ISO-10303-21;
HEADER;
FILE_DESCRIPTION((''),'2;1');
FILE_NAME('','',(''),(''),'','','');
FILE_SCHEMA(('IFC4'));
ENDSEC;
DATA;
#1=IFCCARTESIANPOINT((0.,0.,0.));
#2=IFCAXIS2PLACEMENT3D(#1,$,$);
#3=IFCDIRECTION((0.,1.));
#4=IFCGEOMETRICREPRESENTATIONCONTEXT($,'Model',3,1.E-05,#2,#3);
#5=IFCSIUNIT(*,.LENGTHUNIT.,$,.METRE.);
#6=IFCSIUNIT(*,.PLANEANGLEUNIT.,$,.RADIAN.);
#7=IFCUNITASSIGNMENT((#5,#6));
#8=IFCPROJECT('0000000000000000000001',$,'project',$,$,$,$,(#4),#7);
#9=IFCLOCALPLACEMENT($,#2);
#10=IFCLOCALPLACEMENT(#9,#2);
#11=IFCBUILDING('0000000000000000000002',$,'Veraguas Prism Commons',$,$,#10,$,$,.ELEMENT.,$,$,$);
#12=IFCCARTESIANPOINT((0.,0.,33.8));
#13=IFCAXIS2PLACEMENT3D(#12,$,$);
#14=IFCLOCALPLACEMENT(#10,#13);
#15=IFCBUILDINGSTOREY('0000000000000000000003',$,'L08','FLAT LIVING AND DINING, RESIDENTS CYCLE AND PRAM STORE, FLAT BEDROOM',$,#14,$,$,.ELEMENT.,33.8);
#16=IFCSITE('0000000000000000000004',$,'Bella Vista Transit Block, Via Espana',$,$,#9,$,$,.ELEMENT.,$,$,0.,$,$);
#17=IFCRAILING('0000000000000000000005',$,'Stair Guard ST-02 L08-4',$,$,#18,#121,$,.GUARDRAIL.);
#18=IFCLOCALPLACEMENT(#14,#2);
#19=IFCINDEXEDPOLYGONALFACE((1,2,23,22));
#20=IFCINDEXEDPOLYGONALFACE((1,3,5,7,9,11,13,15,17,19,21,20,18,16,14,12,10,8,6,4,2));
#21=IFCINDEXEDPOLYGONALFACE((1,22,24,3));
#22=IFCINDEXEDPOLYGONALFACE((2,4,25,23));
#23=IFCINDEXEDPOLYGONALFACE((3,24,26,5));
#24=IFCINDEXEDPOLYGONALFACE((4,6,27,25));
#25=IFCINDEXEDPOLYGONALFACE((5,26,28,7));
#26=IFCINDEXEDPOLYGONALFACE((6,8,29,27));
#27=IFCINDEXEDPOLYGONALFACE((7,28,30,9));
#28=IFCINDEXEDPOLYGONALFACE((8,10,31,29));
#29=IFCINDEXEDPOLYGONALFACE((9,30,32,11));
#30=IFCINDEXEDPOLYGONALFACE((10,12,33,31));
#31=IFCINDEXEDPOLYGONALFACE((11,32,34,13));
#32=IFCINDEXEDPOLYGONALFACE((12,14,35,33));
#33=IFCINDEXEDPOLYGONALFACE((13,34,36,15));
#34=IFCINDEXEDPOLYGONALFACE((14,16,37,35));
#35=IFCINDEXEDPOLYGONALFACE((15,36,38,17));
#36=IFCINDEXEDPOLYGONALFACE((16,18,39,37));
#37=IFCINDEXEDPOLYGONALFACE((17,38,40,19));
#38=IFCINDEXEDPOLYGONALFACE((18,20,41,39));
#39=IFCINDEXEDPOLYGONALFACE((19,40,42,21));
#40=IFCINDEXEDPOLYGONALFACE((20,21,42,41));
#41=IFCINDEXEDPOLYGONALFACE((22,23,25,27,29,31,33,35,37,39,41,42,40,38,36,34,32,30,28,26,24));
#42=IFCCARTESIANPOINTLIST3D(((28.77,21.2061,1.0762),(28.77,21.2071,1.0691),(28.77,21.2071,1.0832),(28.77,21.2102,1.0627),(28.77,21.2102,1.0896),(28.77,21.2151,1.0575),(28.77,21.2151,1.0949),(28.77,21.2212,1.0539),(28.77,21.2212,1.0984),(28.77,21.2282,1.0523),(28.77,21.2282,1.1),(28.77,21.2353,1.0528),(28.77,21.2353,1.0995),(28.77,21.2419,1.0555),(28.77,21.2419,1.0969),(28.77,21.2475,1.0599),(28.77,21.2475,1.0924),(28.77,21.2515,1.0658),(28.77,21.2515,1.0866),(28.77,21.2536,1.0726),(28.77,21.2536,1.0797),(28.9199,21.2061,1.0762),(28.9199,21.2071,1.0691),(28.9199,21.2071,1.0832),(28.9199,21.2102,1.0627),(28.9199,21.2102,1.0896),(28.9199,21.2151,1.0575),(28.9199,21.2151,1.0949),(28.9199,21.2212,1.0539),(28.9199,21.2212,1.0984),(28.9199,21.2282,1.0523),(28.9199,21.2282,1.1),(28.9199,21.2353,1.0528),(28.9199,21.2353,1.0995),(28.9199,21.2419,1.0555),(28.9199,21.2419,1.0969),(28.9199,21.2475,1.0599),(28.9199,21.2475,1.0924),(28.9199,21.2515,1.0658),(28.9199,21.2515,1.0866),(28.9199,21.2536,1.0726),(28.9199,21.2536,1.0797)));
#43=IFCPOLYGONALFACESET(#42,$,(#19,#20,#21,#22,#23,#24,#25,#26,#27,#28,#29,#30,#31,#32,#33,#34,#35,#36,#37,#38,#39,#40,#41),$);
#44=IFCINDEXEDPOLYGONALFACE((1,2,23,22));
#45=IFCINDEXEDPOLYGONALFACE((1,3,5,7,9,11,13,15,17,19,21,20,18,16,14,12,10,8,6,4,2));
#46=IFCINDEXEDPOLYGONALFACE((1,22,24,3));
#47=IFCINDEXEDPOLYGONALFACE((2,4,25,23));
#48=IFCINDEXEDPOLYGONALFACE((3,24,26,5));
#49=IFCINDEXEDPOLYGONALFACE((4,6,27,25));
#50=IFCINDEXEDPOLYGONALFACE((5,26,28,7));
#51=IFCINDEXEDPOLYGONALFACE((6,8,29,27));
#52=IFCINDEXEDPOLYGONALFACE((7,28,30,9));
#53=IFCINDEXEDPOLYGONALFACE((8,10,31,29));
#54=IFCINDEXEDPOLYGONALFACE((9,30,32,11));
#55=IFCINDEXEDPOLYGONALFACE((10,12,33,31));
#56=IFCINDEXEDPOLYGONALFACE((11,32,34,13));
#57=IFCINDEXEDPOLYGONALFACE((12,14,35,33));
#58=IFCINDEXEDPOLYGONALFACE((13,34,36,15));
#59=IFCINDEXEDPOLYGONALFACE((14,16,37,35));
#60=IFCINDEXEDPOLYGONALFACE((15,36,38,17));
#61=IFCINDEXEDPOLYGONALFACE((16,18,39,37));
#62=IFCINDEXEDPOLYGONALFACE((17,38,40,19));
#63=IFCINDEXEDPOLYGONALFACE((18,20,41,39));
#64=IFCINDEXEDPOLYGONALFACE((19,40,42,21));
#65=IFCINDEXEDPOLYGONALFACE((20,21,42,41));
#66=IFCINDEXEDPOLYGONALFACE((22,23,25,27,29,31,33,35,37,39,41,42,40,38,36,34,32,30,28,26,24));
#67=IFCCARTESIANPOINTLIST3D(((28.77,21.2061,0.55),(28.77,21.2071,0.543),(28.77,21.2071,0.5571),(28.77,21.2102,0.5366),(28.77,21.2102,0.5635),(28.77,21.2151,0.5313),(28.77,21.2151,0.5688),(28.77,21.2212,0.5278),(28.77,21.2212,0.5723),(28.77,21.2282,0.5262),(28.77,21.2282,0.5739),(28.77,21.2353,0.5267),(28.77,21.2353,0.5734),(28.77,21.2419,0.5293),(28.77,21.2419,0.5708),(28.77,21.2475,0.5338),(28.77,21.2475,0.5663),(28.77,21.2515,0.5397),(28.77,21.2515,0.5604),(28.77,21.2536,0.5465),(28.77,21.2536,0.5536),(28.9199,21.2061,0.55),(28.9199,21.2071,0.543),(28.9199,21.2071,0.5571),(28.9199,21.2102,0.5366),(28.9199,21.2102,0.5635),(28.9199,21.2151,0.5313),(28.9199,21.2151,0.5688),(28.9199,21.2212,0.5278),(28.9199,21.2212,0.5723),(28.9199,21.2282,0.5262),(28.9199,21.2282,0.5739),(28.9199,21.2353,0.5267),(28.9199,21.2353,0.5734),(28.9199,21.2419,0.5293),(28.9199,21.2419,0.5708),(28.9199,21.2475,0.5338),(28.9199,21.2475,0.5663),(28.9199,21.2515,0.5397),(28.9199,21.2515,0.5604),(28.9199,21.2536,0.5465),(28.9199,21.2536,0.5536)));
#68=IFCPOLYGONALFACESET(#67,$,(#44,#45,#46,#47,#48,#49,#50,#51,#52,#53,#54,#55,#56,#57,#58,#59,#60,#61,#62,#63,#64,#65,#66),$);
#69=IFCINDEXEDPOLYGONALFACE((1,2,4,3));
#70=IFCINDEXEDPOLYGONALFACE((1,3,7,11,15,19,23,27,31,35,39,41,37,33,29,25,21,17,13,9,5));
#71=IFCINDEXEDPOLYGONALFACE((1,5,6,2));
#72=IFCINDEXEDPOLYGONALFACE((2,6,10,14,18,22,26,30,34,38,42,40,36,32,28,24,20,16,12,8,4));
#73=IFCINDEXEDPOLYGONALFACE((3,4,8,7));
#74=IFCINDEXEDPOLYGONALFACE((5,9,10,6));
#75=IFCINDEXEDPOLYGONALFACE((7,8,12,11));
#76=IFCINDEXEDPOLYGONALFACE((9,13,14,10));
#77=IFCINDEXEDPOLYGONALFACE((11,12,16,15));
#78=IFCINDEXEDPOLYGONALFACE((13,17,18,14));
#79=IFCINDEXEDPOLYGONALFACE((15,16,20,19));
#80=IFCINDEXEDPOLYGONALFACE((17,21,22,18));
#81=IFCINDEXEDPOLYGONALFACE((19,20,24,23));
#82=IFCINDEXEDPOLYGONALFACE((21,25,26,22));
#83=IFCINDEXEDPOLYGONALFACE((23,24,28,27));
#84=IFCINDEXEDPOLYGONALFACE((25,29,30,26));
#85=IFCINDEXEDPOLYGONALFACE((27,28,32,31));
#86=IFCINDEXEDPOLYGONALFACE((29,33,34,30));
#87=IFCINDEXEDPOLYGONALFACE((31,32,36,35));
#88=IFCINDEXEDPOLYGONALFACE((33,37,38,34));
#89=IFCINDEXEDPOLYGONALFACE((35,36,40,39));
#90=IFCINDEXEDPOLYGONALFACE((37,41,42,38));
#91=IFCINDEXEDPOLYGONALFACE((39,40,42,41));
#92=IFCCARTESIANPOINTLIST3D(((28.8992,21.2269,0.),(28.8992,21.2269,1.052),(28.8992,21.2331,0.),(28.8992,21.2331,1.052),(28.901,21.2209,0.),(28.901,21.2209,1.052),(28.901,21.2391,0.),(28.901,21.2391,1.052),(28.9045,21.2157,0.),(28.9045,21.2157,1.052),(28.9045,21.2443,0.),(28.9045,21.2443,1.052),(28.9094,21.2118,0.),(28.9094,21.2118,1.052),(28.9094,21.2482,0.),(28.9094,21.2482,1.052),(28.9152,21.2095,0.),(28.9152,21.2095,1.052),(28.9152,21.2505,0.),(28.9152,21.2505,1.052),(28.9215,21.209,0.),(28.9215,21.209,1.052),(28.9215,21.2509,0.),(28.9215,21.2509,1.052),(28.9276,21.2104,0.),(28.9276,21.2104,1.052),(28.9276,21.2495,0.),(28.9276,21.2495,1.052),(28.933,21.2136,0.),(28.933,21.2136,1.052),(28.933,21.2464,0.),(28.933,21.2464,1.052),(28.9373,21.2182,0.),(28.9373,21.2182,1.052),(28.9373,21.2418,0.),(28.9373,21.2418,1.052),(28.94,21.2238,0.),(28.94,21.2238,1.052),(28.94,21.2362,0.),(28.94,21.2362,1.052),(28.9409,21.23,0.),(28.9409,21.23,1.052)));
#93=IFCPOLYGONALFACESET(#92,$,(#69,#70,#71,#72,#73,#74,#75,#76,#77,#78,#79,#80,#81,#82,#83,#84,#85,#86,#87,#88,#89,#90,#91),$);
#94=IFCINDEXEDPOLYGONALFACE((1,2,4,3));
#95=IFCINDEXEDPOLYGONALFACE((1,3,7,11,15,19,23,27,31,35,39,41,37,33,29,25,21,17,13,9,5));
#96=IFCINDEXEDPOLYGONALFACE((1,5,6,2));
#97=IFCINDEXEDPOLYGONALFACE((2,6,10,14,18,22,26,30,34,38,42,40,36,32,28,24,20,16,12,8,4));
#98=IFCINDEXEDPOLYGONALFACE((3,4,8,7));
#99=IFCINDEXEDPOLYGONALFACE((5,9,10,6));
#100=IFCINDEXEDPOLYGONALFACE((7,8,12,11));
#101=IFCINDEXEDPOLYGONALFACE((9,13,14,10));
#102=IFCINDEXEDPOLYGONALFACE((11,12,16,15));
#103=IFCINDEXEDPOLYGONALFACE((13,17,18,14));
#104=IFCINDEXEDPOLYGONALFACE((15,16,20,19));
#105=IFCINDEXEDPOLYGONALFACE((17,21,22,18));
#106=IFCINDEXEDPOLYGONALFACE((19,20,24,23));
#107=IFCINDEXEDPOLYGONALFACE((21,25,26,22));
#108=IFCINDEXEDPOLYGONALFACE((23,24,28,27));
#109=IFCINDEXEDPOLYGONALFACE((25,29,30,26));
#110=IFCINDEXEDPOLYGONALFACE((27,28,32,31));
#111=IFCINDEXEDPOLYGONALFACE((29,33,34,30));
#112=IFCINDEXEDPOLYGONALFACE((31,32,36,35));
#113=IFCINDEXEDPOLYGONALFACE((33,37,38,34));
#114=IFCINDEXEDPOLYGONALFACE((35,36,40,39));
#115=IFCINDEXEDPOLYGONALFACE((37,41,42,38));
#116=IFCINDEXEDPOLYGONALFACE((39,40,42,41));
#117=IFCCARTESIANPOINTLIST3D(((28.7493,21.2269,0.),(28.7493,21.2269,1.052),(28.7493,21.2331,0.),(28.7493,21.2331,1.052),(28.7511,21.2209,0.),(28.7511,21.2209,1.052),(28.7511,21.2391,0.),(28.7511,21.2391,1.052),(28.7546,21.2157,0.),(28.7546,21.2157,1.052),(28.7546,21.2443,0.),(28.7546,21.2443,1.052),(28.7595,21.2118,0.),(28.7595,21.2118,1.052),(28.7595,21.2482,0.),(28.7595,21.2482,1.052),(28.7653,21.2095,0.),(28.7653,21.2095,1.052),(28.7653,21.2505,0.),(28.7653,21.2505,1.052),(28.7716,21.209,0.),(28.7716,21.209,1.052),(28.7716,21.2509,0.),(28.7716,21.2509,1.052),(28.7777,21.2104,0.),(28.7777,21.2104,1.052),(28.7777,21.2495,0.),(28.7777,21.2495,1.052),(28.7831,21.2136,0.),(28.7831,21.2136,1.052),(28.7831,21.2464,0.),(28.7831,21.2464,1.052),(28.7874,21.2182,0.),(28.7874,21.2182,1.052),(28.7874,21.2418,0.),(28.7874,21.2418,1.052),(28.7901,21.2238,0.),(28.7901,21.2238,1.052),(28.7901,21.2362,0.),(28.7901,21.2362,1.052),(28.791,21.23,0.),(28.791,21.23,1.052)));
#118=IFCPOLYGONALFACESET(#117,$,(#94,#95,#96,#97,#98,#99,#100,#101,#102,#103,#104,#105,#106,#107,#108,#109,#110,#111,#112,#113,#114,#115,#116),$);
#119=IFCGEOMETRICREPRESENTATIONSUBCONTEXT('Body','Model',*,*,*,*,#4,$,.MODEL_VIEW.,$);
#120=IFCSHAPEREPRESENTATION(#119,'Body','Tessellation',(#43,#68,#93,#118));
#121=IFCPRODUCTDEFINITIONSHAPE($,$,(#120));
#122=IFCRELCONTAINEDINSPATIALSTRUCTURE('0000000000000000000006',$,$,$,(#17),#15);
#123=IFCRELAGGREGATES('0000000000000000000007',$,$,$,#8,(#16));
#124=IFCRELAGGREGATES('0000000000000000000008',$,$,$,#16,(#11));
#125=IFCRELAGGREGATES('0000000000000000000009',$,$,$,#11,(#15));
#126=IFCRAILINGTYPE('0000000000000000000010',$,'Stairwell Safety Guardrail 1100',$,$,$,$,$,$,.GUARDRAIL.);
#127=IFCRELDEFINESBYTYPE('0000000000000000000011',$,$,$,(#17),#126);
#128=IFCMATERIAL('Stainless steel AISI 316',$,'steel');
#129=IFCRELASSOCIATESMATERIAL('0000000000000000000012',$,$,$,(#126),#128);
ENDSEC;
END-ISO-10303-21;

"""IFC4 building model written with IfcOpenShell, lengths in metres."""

from ifc_helpers import new_model, si_unit, direction, frame, origin, origin_2d, place, context, subcontext, project, spatial, circle, extrude, material, type_object, element, save


model = new_model("IFC4")

# Units and contexts
model_context = context("Model", 3, precision=1e-05, world=origin(), true_north=direction((0.0, 1.0)))
body_context = subcontext(model_context, "Body", "Model", "MODEL_VIEW")
ifc_project = project(units=[si_unit("LENGTHUNIT", "METRE"), si_unit("PLANEANGLEUNIT", "RADIAN")], contexts=[model_context])

# Site, building, storey
site_placement = place(None, origin())
site = spatial("IfcSite", under=ifc_project, at=site_placement, Name="Bella Vista Transit Block, Via Espana", CompositionType="ELEMENT", RefElevation=0.0)
building_placement = place(site_placement, origin())
building = spatial("IfcBuilding", under=site, at=building_placement, Name="Veraguas Prism Commons", CompositionType="ELEMENT")
storey_placement = place(building_placement, frame((0.0, 0.0, 33.8)))
storey = spatial("IfcBuildingStorey", under=building, at=storey_placement, Name="L08", Description="FLAT LIVING AND DINING, RESIDENTS CYCLE AND PRAM STORE, FLAT BEDROOM", CompositionType="ELEMENT", Elevation=33.8)

# Shared definitions
ifc_material_1 = material(Name="Stainless steel AISI 316", Category="steel")

# Railing
railing_type_1 = type_object("IfcRailingType", Name="Stairwell Safety Guardrail 1100", PredefinedType="GUARDRAIL", material=ifc_material_1)
railing_1_placement = place(storey_placement, frame((28.9199, 21.23, 0.0)))
element("IfcRailing", 1, at=railing_1_placement, inside=storey, type_object=railing_type_1, Name="Stair Guard ST-02 L08-4", PredefinedType="GUARDRAIL", context=body_context, shape_type="SweptSolid", body=[
    extrude(circle(Radius=0.0239, at=origin_2d()), frame((0.0, 0.0, 1.0762), z_axis=(-1.0, 0.0, 0.0), x_axis=(0.0, -1.0, 0.0)), (0.0, 0.0, 1.0), 0.1499),
    extrude(circle(Radius=0.0239, at=origin_2d()), frame((0.0, 0.0, 0.55), z_axis=(-1.0, 0.0, 0.0), x_axis=(0.0, -1.0, 0.0)), (0.0, 0.0, 1.0), 0.1499),
    extrude(circle(Radius=0.021, at=origin_2d()), origin(), (0.0, 0.0, 1.0), 1.052),
    extrude(circle(Radius=0.021, at=origin_2d()), frame((-0.1499, 0.0, 0.0)), (0.0, 0.0, 1.0), 1.052),
])

save(model, "model.ifc")
